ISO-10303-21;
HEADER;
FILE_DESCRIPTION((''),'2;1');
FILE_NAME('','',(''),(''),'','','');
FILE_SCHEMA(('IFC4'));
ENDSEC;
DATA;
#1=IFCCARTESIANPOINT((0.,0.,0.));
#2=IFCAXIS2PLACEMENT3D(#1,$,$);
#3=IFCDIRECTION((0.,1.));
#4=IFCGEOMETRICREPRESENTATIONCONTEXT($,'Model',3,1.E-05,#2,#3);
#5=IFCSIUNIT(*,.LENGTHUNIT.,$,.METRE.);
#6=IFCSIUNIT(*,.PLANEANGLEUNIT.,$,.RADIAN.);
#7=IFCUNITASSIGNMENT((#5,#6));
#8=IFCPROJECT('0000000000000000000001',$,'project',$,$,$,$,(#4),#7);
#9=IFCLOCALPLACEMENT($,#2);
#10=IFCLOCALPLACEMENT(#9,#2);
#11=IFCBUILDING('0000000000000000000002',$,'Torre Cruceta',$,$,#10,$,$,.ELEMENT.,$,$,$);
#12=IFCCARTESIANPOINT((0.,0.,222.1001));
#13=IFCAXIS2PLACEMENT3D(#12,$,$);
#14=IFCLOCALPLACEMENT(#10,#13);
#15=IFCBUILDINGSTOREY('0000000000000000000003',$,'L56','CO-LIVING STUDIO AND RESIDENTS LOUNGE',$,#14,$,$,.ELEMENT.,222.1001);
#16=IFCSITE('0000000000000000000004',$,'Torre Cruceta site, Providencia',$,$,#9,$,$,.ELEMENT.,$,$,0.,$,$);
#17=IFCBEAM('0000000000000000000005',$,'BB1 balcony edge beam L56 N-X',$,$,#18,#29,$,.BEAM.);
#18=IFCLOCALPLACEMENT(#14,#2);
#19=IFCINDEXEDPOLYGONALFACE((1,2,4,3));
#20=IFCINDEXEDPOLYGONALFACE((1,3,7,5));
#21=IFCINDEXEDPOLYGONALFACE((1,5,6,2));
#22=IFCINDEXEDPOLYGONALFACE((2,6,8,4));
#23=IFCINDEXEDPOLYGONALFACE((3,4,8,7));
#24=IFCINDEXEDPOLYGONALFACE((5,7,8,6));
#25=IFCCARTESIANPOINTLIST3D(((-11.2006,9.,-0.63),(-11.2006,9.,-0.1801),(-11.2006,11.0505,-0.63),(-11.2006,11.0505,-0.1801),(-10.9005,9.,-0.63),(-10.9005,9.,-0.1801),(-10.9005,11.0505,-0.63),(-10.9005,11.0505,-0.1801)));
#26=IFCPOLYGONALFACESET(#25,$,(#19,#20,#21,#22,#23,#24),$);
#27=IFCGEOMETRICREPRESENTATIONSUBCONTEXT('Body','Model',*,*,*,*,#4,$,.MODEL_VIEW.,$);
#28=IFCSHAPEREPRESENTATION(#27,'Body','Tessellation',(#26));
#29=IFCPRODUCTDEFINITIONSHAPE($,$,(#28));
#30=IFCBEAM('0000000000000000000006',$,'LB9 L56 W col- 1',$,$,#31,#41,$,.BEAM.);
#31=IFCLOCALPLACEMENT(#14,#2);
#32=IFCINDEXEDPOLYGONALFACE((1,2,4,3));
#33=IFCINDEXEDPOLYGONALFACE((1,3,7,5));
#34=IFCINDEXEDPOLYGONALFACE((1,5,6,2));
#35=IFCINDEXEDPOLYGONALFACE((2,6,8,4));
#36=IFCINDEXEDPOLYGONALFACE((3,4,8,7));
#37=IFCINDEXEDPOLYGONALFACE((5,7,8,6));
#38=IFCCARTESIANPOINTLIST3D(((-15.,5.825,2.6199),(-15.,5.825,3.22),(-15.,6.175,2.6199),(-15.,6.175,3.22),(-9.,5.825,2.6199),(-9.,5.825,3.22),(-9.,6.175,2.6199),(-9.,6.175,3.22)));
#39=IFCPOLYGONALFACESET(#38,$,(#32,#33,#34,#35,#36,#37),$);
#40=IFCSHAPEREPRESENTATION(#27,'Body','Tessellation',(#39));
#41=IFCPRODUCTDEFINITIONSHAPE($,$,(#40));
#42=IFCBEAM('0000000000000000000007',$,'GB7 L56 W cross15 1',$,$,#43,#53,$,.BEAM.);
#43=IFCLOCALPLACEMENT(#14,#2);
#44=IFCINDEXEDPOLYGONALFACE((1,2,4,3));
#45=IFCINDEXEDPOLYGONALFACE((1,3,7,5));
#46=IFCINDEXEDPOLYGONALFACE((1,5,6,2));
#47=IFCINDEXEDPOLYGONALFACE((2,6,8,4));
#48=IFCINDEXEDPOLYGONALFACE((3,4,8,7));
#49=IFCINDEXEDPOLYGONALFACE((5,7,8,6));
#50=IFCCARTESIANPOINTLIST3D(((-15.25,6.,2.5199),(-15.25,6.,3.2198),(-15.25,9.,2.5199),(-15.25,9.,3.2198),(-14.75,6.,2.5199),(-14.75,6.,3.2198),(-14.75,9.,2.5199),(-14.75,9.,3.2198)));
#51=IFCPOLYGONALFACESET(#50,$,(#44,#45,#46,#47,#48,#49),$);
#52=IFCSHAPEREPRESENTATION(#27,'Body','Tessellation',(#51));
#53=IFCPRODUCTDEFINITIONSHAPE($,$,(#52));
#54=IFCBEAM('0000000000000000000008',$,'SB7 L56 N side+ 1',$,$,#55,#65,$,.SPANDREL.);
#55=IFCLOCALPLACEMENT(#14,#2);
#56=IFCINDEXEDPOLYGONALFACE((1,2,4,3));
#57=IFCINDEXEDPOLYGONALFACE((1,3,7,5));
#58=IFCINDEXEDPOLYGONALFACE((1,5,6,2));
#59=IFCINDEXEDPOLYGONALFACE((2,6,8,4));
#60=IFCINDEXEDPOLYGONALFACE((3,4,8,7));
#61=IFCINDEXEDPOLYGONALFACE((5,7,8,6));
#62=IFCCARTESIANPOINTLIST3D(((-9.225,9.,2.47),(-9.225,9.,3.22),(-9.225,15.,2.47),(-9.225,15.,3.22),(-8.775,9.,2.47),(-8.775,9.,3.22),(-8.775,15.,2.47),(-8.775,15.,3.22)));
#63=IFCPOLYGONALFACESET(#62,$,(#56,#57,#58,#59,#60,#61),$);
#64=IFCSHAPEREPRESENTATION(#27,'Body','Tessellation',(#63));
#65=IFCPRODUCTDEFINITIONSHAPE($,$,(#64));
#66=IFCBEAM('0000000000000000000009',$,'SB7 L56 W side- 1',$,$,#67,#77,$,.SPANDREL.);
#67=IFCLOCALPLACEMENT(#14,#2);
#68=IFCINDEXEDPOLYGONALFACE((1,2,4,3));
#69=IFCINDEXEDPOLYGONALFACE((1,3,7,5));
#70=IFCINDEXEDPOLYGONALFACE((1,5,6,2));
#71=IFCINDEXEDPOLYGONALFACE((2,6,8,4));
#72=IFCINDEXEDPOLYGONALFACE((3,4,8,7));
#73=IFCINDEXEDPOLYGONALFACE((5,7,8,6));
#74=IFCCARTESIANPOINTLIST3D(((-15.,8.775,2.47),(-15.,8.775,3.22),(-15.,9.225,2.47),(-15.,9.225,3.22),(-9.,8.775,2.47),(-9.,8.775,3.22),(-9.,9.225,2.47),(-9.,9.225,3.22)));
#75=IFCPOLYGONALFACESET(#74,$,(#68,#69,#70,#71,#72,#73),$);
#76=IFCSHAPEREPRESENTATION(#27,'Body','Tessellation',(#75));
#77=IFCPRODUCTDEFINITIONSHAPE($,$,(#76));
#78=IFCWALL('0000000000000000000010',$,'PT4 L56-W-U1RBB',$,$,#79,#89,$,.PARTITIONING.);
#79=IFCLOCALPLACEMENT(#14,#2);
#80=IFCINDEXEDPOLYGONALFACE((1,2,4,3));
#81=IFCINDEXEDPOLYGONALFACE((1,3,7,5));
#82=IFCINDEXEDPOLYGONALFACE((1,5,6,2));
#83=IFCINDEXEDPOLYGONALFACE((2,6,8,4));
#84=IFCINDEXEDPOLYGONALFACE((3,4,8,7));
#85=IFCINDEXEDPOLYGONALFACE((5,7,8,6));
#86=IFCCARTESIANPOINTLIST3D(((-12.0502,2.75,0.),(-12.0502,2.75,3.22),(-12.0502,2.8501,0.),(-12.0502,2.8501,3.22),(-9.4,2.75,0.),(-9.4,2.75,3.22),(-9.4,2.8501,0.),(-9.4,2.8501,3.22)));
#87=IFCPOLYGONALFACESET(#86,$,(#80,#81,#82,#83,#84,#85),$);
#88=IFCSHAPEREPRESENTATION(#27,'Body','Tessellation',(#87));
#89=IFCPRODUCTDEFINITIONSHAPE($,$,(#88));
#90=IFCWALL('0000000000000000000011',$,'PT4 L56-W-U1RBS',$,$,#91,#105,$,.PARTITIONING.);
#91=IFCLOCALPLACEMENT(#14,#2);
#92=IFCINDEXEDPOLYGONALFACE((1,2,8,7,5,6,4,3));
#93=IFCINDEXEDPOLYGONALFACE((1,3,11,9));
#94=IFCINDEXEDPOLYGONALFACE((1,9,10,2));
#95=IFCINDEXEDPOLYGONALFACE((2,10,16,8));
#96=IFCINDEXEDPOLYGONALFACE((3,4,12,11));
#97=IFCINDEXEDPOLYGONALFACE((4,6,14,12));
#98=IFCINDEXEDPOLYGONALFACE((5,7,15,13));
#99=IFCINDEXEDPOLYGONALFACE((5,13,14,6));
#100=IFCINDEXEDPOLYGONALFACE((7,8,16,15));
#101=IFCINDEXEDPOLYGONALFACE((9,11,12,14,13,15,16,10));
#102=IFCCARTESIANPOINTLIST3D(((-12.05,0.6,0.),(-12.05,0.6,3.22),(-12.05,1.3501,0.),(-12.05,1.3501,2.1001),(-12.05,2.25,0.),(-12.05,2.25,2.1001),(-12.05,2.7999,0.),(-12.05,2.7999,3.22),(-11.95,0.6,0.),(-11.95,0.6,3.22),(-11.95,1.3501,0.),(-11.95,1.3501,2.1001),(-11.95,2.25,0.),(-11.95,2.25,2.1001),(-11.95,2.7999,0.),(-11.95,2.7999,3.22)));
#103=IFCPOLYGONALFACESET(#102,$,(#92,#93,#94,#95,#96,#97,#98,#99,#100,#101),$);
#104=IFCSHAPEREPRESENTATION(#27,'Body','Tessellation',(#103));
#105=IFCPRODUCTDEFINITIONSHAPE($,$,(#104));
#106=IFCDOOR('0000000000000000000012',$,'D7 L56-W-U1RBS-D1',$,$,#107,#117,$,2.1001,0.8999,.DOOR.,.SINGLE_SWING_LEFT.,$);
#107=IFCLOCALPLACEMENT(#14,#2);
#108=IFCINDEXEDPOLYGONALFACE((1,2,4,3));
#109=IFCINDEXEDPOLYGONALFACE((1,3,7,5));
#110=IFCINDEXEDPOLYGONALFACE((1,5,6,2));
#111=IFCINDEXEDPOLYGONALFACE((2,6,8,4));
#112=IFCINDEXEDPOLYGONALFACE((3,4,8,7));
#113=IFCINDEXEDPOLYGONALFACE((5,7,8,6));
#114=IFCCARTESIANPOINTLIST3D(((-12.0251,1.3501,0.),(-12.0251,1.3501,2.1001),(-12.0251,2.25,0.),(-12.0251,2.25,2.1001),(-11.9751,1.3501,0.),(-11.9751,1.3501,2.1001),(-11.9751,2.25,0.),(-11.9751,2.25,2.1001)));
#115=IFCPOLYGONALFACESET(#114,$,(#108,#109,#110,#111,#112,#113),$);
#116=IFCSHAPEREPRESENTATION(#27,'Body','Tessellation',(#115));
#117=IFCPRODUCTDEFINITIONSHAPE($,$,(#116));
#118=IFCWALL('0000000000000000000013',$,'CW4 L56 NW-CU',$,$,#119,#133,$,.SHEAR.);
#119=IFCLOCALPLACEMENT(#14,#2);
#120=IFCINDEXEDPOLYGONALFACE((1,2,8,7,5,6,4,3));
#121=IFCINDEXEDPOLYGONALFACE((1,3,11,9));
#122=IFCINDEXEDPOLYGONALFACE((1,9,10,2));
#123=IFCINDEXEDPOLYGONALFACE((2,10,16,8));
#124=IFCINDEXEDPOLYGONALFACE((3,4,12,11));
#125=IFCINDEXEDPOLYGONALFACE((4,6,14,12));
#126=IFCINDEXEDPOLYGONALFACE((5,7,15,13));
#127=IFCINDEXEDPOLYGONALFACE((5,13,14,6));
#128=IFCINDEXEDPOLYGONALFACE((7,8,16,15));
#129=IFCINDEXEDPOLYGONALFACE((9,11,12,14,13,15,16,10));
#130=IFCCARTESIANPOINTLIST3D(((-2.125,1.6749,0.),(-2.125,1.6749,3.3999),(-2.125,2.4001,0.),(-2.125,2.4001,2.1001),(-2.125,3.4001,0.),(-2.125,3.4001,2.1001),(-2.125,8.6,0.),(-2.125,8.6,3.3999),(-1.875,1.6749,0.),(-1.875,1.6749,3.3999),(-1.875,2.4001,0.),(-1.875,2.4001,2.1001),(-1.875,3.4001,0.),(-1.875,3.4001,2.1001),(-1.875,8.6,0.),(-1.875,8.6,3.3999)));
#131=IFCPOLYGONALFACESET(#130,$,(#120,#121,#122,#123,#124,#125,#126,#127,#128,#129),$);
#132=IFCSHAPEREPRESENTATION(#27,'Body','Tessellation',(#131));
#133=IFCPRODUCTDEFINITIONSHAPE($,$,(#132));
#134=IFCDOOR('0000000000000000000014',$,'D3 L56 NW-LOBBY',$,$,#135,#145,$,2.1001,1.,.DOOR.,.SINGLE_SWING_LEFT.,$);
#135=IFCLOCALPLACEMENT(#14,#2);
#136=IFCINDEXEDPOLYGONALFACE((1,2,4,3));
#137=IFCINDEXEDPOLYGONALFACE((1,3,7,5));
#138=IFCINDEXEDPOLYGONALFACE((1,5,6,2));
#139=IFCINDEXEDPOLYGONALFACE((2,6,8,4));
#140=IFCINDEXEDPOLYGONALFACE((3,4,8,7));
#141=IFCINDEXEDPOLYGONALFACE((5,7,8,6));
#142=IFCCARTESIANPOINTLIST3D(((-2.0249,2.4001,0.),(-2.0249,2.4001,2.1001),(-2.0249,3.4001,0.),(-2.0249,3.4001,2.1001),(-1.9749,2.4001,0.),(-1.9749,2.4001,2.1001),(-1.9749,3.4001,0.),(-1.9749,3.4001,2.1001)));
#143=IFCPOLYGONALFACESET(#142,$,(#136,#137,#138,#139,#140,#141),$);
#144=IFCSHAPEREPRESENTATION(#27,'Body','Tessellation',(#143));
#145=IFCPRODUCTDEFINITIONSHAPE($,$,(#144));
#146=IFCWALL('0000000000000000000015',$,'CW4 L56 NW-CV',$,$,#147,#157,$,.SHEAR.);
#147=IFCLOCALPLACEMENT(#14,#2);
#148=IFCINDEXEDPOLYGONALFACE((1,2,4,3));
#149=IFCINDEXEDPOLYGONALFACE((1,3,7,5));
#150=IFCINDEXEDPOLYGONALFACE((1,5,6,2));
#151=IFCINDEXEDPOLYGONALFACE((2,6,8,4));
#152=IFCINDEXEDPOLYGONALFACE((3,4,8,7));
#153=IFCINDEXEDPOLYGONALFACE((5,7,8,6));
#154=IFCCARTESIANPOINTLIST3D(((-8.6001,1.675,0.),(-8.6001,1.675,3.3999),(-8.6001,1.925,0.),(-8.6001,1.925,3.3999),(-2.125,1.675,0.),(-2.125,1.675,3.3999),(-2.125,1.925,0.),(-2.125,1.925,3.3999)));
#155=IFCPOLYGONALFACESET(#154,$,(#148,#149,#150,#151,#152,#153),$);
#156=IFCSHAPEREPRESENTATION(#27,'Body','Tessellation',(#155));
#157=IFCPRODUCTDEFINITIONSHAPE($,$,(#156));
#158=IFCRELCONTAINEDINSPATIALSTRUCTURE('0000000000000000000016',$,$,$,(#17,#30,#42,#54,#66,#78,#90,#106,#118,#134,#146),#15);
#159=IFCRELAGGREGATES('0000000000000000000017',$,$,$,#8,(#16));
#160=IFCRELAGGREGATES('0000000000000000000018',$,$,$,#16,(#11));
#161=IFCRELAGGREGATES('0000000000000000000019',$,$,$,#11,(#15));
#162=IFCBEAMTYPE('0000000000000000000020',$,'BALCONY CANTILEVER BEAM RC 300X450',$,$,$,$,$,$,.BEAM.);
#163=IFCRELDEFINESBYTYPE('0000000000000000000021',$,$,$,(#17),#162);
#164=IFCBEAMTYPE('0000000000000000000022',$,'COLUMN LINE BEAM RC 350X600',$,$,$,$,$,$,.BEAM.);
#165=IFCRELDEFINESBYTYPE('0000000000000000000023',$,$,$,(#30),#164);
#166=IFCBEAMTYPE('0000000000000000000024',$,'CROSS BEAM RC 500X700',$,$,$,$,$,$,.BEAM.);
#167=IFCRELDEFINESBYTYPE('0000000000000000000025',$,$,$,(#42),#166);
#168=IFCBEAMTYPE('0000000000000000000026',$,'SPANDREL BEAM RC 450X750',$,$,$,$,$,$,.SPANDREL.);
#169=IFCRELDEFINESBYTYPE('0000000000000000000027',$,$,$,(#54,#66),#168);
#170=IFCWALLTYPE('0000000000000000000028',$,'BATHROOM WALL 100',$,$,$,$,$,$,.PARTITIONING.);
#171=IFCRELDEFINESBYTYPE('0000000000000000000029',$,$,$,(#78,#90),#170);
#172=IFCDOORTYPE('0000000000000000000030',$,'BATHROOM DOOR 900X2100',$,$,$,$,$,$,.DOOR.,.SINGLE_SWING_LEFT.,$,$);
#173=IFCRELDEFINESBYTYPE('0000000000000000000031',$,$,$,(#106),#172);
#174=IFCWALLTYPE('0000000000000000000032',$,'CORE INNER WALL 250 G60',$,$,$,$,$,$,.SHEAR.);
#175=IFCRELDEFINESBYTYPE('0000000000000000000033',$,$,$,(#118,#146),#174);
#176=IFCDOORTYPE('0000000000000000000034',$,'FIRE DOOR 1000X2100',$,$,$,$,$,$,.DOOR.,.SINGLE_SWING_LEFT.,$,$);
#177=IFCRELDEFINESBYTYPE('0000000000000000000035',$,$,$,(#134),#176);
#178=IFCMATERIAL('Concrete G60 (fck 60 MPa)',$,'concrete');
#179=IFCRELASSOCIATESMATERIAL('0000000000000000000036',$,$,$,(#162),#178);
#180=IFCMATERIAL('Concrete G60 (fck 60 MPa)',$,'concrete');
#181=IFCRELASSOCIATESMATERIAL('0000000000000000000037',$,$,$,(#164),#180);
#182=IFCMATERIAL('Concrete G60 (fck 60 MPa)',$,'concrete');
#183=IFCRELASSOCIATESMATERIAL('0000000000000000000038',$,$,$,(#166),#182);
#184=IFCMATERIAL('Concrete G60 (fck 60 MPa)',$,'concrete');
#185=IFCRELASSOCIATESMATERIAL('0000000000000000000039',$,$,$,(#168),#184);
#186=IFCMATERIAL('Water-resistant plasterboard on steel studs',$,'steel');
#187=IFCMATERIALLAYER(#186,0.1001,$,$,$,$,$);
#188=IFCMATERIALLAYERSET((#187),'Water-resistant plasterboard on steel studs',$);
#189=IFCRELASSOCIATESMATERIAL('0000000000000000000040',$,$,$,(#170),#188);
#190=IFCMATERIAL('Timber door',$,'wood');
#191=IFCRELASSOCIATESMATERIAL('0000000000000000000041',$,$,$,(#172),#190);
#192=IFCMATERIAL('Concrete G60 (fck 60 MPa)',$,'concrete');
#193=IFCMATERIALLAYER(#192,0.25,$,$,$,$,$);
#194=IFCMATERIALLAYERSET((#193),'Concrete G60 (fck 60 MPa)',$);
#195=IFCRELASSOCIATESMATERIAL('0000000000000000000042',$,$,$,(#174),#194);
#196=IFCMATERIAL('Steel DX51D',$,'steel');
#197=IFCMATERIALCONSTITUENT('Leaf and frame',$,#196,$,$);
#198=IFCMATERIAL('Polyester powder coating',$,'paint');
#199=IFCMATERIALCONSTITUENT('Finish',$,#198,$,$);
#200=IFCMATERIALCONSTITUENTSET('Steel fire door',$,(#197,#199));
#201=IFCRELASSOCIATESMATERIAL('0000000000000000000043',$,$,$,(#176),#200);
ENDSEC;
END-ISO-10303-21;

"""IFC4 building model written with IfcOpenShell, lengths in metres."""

from ifc_helpers import new_model, si_unit, direction, frame, frame_2d, origin, origin_2d, place, context, subcontext, project, spatial, rectangle, extrude, material, layer, layer_set, constituent, constituent_set, material_profile, profile_set, type_object, element, fill, save


model = new_model("IFC4")

# Units and contexts
model_context = context("Model", 3, precision=1e-05, world=origin(), true_north=direction((0.0, 1.0)))
body_context = subcontext(model_context, "Body", "Model", "MODEL_VIEW")
ifc_project = project(units=[si_unit("LENGTHUNIT", "METRE"), si_unit("PLANEANGLEUNIT", "RADIAN")], contexts=[model_context])

# Site, building, storey
site_placement = place(None, origin())
site = spatial("IfcSite", under=ifc_project, at=site_placement, Name="Torre Cruceta site, Providencia", CompositionType="ELEMENT", RefElevation=0.0)
building_placement = place(site_placement, origin())
building = spatial("IfcBuilding", under=site, at=building_placement, Name="Torre Cruceta", CompositionType="ELEMENT")
storey_placement = place(building_placement, frame((0.0, 0.0, 222.1001)))
storey = spatial("IfcBuildingStorey", under=building, at=storey_placement, Name="L56", Description="CO-LIVING STUDIO AND RESIDENTS LOUNGE", CompositionType="ELEMENT", Elevation=222.1001)

# Beams
ifc_material_1 = material(Name="Concrete G60 (fck 60 MPa)", Category="concrete")
ifc_material_profile_1 = material_profile(ifc_material_1, rectangle(XDim=0.3, YDim=0.45, at=origin_2d()), Name="RC 300X450")
ifc_profile_set_1 = profile_set([ifc_material_profile_1], Name="Concrete G60 (fck 60 MPa)")
beam_type_1 = type_object("IfcBeamType", Name="BALCONY CANTILEVER BEAM RC 300X450", PredefinedType="BEAM", material=ifc_profile_set_1)
beam_1_placement = place(storey_placement, frame((-11.0505, 9.0, -0.405), z_axis=(0.0, 1.0, 0.0), x_axis=(-1.0, 0.0, 0.0)))
element("IfcBeam", 1, at=beam_1_placement, inside=storey, type_object=beam_type_1, Name="BB1 balcony edge beam L56 N-X", PredefinedType="BEAM", context=body_context, shape_type="SweptSolid", body=[
    extrude(rectangle(XDim=0.3, YDim=0.45, at=origin_2d()), origin(), (0.0, 0.0, 1.0), 2.0505),
])
ifc_material_2 = material(Name="Concrete G60 (fck 60 MPa)", Category="concrete")
ifc_material_profile_2 = material_profile(ifc_material_2, rectangle(XDim=0.3501, YDim=0.6001, at=origin_2d()), Name="RC 350X600")
ifc_profile_set_2 = profile_set([ifc_material_profile_2], Name="Concrete G60 (fck 60 MPa)")
beam_type_2 = type_object("IfcBeamType", Name="COLUMN LINE BEAM RC 350X600", PredefinedType="BEAM", material=ifc_profile_set_2)
beam_2_placement = place(storey_placement, frame((-9.0, 6.0, 2.9199), z_axis=(-1.0, 0.0, 0.0), x_axis=(0.0, -1.0, 0.0)))
element("IfcBeam", 2, at=beam_2_placement, inside=storey, type_object=beam_type_2, Name="LB9 L56 W col- 1", PredefinedType="BEAM", context=body_context, shape_type="SweptSolid", body=[
    extrude(rectangle(XDim=0.3501, YDim=0.6001, at=origin_2d()), origin(), (0.0, 0.0, 1.0), 6.0),
])
ifc_material_3 = material(Name="Concrete G60 (fck 60 MPa)", Category="concrete")
ifc_material_profile_3 = material_profile(ifc_material_3, rectangle(XDim=0.5, YDim=0.7, at=origin_2d()), Name="RC 500X700")
ifc_profile_set_3 = profile_set([ifc_material_profile_3], Name="Concrete G60 (fck 60 MPa)")
beam_type_3 = type_object("IfcBeamType", Name="CROSS BEAM RC 500X700", PredefinedType="BEAM", material=ifc_profile_set_3)
beam_3_placement = place(storey_placement, frame((-15.0, 9.0, 2.8699), z_axis=(0.0, -1.0, 0.0), x_axis=(1.0, 0.0, 0.0)))
element("IfcBeam", 3, at=beam_3_placement, inside=storey, type_object=beam_type_3, Name="GB7 L56 W cross15 1", PredefinedType="BEAM", context=body_context, shape_type="SweptSolid", body=[
    extrude(rectangle(XDim=0.5, YDim=0.7, at=origin_2d()), origin(), (0.0, 0.0, 1.0), 3.0),
])
ifc_material_4 = material(Name="Concrete G60 (fck 60 MPa)", Category="concrete")
ifc_material_profile_4 = material_profile(ifc_material_4, rectangle(XDim=0.45, YDim=0.75, at=origin_2d()), Name="RC 450X750")
ifc_profile_set_4 = profile_set([ifc_material_profile_4], Name="Concrete G60 (fck 60 MPa)")
beam_type_4 = type_object("IfcBeamType", Name="SPANDREL BEAM RC 450X750", PredefinedType="SPANDREL", material=ifc_profile_set_4)
for number, where, z_axis, x_axis, name in (
    (4, (-9.0, 9.0, 2.845), (0.0, 1.0, 0.0), (-1.0, 0.0, 0.0), "SB7 L56 N side+ 1"),
    (5, (-9.0, 9.0, 2.845), (-1.0, 0.0, 0.0), (0.0, -1.0, 0.0), "SB7 L56 W side- 1"),
):
    element("IfcBeam", number, at=place(storey_placement, frame(where, z_axis=z_axis, x_axis=x_axis)), inside=storey, type_object=beam_type_4, Name=name, PredefinedType="SPANDREL", context=body_context, shape_type="SweptSolid", body=[
        extrude(rectangle(XDim=0.45, YDim=0.75, at=origin_2d()), origin(), (0.0, 0.0, 1.0), 6.0),
    ])

# Wall
ifc_material_5 = material(Name="Water-resistant plasterboard on steel studs", Category="steel")
ifc_layer_1 = layer(ifc_material_5, 0.1001)
ifc_layer_set_1 = layer_set([ifc_layer_1], Name="Water-resistant plasterboard on steel studs")
wall_type_1 = type_object("IfcWallType", Name="BATHROOM WALL 100", PredefinedType="PARTITIONING", material=ifc_layer_set_1)
wall_1_placement = place(storey_placement, frame((-9.3999, 2.8, 0.0), z_axis=(0.0, 0.0, 1.0), x_axis=(-1.0, 0.0, 0.0)))
element("IfcWall", 6, at=wall_1_placement, inside=storey, type_object=wall_type_1, Name="PT4 L56-W-U1RBB", PredefinedType="PARTITIONING", context=body_context, shape_type="SweptSolid", body=[
    extrude(rectangle(XDim=2.6501, YDim=0.1001, at=frame_2d((1.3252, 0.0))), origin(), (0.0, 0.0, 1.0), 3.22),
])

# Walls, openings, doors
wall_2_placement = place(storey_placement, frame((-12.0, 2.8, 0.0), z_axis=(0.0, 0.0, 1.0), x_axis=(0.0, -1.0, 0.0)))
wall_2 = element("IfcWall", 7, at=wall_2_placement, inside=storey, type_object=wall_type_1, Name="PT4 L56-W-U1RBS", PredefinedType="PARTITIONING", context=body_context, shape_type="SweptSolid", body=[
    extrude(rectangle(XDim=2.2, YDim=0.1001, at=frame_2d((1.1001, 0.0))), origin(), (0.0, 0.0, 1.0), 3.22),
])
opening_1_placement = place(wall_2_placement, frame((0.55, 0.0, 0.0)))
opening_1 = element("IfcOpeningElement", 8, at=opening_1_placement, cuts=wall_2, PredefinedType="OPENING", context=body_context, shape_type="SweptSolid", body=[
    extrude(rectangle(XDim=0.8999, YDim=2.1001, at=frame_2d((0.45, 1.05))), frame((0.0, 0.0601, 0.0), z_axis=(0.0, -1.0, 0.0), x_axis=(1.0, 0.0, 0.0)), (0.0, 0.0, 1.0), 0.1201),
])
ifc_material_6 = material(Name="Timber door", Category="wood")
door_type_1 = type_object("IfcDoorType", Name="BATHROOM DOOR 900X2100", OperationType="SINGLE_SWING_LEFT", PredefinedType="DOOR", material=ifc_material_6)
door_1_placement = place(opening_1_placement, origin())
door_1 = element("IfcDoor", 9, at=door_1_placement, inside=storey, type_object=door_type_1, Name="D7 L56-W-U1RBS-D1", OperationType="SINGLE_SWING_LEFT", OverallHeight=2.1001, OverallWidth=0.8999, PredefinedType="DOOR", context=body_context, shape_type="SweptSolid", body=[
    extrude(rectangle(XDim=0.8999, YDim=2.1001, at=frame_2d((0.45, 1.05))), frame((0.0, 0.0249, 0.0), z_axis=(0.0, -1.0, 0.0), x_axis=(1.0, 0.0, 0.0)), (0.0, 0.0, 1.0), 0.05),
])
fill(opening_1, door_1)
ifc_material_7 = material(Name="Concrete G60 (fck 60 MPa)", Category="concrete")
ifc_layer_2 = layer(ifc_material_7, 0.25)
ifc_layer_set_2 = layer_set([ifc_layer_2], Name="Concrete G60 (fck 60 MPa)")
wall_type_2 = type_object("IfcWallType", Name="CORE INNER WALL 250 G60", PredefinedType="SHEAR", material=ifc_layer_set_2)
wall_3_placement = place(storey_placement, frame((-2.0, 1.675, 0.0), z_axis=(0.0, 0.0, 1.0), x_axis=(0.0, 1.0, 0.0)))
wall_3 = element("IfcWall", 10, at=wall_3_placement, inside=storey, type_object=wall_type_2, Name="CW4 L56 NW-CU", PredefinedType="SHEAR", context=body_context, shape_type="SweptSolid", body=[
    extrude(rectangle(XDim=6.925, YDim=0.25, at=frame_2d((3.4624, 0.0))), origin(), (0.0, 0.0, 1.0), 3.3999),
])
opening_2_placement = place(wall_3_placement, frame((0.7251, 0.0, 0.0)))
opening_2 = element("IfcOpeningElement", 11, at=opening_2_placement, cuts=wall_3, PredefinedType="OPENING", context=body_context, shape_type="SweptSolid", body=[
    extrude(rectangle(XDim=1.0, YDim=2.1001, at=frame_2d((0.5, 1.05))), frame((0.0, 0.135, 0.0), z_axis=(0.0, -1.0, 0.0), x_axis=(1.0, 0.0, 0.0)), (0.0, 0.0, 1.0), 0.27),
])
ifc_material_8 = material(Name="Steel DX51D", Category="steel")
ifc_constituent_1 = constituent(ifc_material_8, Name="Leaf and frame")
ifc_material_9 = material(Name="Polyester powder coating", Category="paint")
ifc_constituent_2 = constituent(ifc_material_9, Name="Finish")
ifc_constituent_set_1 = constituent_set(constituents=[ifc_constituent_1, ifc_constituent_2], Name="Steel fire door")
door_type_2 = type_object("IfcDoorType", Name="FIRE DOOR 1000X2100", OperationType="SINGLE_SWING_LEFT", PredefinedType="DOOR", material=ifc_constituent_set_1)
door_2_placement = place(opening_2_placement, origin())
door_2 = element("IfcDoor", 12, at=door_2_placement, inside=storey, type_object=door_type_2, Name="D3 L56 NW-LOBBY", OperationType="SINGLE_SWING_LEFT", OverallHeight=2.1001, OverallWidth=1.0, PredefinedType="DOOR", context=body_context, shape_type="SweptSolid", body=[
    extrude(rectangle(XDim=1.0, YDim=2.1001, at=frame_2d((0.5, 1.05))), frame((0.0, 0.0249, 0.0), z_axis=(0.0, -1.0, 0.0), x_axis=(1.0, 0.0, 0.0)), (0.0, 0.0, 1.0), 0.05),
])
fill(opening_2, door_2)

# Wall
wall_4_placement = place(storey_placement, frame((-2.125, 1.8, 0.0), z_axis=(0.0, 0.0, 1.0), x_axis=(-1.0, 0.0, 0.0)))
element("IfcWall", 13, at=wall_4_placement, inside=storey, type_object=wall_type_2, Name="CW4 L56 NW-CV", PredefinedType="SHEAR", context=body_context, shape_type="SweptSolid", body=[
    extrude(rectangle(XDim=6.4751, YDim=0.25, at=frame_2d((3.2375, 0.0))), origin(), (0.0, 0.0, 1.0), 3.3999),
])

save(model, "model.ifc")
